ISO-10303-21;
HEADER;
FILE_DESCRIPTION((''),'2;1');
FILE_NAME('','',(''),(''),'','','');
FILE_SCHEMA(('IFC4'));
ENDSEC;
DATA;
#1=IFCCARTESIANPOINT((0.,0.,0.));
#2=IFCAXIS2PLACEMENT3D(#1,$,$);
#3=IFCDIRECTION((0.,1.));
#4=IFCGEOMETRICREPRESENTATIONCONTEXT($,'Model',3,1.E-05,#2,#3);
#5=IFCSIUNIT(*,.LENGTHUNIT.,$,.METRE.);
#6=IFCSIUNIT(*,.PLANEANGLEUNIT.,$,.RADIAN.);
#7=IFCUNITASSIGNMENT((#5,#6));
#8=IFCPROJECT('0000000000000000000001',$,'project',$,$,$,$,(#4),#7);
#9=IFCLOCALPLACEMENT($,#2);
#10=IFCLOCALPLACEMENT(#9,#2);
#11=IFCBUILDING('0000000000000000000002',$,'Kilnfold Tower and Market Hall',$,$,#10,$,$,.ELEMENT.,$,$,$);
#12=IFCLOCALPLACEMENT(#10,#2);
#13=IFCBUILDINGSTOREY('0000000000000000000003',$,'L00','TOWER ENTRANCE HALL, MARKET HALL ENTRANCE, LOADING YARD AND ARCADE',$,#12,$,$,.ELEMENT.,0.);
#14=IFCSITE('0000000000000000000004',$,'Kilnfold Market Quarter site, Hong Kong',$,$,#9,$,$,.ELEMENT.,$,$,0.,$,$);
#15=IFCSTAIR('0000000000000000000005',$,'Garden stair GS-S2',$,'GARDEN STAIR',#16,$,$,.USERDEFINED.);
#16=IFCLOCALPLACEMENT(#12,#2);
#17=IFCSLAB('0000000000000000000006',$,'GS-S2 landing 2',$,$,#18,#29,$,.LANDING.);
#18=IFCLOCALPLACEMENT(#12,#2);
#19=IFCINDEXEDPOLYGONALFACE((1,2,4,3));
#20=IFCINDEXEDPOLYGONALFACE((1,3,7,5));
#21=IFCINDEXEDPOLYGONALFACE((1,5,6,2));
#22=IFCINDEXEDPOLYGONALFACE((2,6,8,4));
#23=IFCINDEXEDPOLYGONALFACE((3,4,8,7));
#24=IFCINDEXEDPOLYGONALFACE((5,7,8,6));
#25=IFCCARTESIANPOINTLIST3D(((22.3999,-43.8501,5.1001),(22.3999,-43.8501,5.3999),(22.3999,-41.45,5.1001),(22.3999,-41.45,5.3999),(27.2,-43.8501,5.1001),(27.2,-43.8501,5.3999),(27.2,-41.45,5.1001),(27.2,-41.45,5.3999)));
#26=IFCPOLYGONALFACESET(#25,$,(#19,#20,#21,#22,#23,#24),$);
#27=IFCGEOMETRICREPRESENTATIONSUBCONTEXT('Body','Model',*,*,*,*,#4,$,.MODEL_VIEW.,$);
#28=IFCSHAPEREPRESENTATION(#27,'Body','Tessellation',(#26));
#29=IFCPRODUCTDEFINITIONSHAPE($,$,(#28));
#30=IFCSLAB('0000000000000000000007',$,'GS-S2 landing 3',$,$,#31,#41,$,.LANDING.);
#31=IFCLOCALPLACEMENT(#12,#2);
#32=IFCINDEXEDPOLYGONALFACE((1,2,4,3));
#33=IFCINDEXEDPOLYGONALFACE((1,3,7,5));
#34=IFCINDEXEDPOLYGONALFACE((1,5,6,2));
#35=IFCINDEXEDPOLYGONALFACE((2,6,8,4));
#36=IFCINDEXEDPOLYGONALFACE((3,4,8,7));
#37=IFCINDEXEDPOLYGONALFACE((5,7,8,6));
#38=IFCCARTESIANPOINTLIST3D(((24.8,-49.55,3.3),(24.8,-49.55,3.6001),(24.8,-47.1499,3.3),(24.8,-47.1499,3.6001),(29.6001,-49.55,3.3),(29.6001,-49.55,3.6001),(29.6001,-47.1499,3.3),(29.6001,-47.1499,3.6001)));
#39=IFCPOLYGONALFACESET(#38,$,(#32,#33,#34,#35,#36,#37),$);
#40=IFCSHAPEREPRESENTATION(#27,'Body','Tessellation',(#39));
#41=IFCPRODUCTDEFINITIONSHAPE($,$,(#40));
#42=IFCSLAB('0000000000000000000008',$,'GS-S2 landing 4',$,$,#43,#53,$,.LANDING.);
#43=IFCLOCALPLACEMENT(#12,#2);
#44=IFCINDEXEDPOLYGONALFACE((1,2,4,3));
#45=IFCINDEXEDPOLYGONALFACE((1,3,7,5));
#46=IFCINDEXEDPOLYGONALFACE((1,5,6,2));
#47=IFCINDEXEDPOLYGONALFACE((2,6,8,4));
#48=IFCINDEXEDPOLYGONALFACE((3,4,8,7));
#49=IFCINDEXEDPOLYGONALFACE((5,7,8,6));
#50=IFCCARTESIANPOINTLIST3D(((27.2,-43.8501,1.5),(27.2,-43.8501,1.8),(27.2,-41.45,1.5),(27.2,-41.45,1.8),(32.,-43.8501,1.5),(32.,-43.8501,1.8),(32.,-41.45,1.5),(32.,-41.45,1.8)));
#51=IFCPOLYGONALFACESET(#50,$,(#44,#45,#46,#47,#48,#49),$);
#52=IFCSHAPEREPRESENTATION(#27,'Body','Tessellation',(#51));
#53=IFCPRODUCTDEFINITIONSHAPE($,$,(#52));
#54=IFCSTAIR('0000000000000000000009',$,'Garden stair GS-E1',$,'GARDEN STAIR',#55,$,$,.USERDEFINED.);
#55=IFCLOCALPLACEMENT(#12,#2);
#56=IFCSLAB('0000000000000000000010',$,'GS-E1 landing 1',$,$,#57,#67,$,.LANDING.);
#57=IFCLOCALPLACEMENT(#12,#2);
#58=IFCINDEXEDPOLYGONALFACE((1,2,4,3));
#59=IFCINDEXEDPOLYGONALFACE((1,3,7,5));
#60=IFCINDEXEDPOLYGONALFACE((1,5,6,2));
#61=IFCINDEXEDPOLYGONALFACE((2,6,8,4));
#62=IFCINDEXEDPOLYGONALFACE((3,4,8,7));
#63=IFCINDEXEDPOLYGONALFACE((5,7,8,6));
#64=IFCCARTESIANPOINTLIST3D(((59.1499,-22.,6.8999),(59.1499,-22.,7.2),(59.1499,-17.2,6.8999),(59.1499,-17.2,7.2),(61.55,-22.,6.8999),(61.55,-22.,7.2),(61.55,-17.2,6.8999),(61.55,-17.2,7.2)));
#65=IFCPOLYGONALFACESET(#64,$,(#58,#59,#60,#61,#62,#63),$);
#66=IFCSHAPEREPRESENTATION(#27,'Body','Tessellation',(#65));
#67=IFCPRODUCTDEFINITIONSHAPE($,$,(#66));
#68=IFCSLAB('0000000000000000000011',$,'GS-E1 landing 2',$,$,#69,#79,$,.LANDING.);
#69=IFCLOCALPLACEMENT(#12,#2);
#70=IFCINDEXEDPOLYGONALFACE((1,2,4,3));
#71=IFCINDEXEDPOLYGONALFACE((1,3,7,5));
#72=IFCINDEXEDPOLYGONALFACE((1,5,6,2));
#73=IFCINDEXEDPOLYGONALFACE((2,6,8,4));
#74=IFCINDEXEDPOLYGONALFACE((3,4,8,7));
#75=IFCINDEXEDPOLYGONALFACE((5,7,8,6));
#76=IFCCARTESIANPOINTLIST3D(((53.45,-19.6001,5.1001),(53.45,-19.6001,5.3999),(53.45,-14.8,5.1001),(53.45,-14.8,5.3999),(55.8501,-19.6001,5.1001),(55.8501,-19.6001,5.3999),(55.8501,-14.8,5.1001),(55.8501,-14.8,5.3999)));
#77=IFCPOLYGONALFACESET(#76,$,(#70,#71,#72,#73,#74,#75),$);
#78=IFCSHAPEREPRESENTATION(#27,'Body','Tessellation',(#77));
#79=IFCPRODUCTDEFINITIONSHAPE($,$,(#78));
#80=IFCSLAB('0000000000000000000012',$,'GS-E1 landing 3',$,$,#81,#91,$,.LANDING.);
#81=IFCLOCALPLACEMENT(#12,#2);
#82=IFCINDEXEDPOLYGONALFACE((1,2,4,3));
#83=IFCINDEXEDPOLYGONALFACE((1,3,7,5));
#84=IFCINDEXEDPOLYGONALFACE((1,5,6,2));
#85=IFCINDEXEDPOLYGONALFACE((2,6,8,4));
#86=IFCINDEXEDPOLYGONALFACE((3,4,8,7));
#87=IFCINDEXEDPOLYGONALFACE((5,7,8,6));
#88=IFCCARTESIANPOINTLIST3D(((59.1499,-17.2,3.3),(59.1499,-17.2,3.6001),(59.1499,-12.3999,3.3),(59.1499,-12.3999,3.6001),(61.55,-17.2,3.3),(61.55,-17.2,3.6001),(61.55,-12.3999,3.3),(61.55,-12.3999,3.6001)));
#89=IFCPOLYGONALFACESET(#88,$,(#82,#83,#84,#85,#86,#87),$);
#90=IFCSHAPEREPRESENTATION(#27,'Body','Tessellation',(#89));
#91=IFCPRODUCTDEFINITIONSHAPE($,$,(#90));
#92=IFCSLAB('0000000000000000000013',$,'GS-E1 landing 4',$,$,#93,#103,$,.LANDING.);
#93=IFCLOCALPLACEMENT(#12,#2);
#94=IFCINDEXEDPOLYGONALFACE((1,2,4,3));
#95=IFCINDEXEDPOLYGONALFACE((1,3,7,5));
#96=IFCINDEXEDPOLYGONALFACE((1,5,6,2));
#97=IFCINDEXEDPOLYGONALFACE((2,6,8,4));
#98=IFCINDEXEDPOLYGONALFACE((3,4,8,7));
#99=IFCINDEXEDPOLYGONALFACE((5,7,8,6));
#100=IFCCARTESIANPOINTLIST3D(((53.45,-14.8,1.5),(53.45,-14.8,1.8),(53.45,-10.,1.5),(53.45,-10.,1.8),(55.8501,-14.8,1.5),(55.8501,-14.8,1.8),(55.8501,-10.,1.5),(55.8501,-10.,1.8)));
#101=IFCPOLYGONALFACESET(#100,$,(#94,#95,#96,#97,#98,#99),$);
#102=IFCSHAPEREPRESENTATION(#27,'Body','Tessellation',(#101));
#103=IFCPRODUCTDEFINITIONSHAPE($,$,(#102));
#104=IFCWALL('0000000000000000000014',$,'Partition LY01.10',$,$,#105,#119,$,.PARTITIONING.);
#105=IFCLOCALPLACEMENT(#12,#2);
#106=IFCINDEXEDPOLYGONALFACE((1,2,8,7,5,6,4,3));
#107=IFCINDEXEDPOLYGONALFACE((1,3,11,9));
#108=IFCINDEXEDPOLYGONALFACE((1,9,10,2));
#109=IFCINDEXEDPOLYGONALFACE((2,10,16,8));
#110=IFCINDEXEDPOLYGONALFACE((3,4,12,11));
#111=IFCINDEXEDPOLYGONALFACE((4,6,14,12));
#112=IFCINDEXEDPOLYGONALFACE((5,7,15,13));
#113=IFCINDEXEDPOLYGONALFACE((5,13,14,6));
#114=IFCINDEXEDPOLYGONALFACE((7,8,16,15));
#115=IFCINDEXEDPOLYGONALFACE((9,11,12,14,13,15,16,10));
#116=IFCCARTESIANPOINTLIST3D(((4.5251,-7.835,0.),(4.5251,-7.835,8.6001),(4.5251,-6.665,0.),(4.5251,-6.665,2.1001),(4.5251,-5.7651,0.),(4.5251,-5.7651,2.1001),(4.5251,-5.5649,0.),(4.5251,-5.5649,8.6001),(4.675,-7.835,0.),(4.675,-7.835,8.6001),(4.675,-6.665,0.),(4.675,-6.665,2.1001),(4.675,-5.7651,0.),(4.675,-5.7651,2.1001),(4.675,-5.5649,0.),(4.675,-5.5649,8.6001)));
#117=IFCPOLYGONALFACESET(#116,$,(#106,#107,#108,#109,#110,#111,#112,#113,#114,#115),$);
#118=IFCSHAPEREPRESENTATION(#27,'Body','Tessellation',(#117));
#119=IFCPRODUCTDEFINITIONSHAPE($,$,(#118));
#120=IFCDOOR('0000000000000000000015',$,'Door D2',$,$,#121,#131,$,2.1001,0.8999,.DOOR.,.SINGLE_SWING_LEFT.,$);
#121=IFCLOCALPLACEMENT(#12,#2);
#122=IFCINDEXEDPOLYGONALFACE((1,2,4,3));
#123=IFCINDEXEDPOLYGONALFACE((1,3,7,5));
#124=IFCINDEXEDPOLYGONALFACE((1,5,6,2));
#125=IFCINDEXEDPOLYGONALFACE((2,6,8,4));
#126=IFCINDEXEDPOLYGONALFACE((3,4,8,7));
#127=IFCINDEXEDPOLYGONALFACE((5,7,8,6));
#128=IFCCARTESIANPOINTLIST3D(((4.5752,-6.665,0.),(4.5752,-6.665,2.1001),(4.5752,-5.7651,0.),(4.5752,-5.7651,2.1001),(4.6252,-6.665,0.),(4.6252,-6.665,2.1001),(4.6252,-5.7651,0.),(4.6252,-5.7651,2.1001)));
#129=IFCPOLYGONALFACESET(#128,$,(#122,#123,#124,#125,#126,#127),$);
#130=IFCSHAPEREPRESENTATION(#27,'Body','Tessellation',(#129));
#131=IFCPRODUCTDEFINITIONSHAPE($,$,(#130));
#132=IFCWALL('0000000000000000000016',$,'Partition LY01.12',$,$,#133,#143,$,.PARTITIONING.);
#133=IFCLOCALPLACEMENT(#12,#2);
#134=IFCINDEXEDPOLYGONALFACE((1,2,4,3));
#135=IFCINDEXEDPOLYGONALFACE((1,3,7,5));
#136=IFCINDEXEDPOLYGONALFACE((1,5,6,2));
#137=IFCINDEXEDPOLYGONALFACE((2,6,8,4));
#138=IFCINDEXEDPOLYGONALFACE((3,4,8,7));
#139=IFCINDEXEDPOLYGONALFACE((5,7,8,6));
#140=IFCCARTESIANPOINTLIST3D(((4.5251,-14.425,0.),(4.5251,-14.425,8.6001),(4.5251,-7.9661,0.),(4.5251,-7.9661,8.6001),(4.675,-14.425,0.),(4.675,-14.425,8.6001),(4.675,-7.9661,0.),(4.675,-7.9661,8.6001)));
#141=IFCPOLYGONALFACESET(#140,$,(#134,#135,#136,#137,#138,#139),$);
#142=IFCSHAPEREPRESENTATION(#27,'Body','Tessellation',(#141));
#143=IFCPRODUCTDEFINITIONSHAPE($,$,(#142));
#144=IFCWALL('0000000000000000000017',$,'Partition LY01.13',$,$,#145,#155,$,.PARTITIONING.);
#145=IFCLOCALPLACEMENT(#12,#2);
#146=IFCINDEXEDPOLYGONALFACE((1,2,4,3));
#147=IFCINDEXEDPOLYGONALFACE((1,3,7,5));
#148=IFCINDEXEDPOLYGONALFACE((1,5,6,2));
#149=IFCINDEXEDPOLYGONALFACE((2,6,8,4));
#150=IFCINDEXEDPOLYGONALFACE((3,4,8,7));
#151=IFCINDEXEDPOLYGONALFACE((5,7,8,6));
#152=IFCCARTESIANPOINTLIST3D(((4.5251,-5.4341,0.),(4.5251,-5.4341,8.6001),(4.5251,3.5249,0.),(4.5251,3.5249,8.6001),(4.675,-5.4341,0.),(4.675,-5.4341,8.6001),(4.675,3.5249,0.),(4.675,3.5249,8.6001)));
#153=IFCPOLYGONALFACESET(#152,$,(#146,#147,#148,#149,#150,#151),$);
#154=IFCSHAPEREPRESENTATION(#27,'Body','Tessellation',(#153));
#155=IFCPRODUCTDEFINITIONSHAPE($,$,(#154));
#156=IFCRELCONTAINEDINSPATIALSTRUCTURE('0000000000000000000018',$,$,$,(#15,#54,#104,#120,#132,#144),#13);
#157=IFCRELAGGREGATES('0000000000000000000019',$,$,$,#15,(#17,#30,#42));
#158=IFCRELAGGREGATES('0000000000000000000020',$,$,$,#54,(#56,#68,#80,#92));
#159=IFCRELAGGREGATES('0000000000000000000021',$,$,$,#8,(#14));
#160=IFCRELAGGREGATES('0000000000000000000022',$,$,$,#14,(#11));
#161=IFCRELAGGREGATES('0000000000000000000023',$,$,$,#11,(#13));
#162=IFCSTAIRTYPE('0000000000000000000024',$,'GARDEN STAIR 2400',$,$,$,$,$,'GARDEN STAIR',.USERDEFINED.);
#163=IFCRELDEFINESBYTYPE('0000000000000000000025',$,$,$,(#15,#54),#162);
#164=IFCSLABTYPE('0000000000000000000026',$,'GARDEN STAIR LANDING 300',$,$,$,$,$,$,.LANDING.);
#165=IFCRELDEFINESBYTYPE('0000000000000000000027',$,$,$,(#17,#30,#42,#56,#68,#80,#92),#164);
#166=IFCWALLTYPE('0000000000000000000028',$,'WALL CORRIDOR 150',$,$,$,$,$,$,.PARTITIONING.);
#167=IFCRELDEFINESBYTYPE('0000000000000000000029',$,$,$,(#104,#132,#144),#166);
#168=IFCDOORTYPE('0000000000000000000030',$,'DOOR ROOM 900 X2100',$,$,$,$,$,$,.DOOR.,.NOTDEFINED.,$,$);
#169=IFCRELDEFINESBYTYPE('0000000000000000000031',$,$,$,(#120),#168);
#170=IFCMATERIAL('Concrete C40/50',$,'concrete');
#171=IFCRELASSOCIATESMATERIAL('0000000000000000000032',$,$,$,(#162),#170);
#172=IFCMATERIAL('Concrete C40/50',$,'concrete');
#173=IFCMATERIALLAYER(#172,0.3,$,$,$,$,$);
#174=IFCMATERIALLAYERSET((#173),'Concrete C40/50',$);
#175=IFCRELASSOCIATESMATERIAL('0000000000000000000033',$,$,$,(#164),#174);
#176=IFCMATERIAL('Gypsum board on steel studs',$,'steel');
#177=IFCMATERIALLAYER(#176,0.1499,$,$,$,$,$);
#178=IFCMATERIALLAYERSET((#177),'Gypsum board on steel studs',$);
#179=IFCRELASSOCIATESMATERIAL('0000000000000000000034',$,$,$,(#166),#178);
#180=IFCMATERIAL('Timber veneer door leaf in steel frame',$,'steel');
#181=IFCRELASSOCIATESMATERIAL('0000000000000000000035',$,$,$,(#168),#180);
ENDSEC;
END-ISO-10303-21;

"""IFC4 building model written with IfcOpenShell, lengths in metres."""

from ifc_helpers import new_model, si_unit, direction, frame, frame_2d, origin, place, context, subcontext, project, spatial, polyline, rectangle, outline, extrude, source, transform, mapped, material, layer, layer_set, type_object, element, fill, aggregate, save


model = new_model("IFC4")

# Units and contexts
model_context = context("Model", 3, precision=1e-05, world=origin(), true_north=direction((0.0, 1.0)))
body_context = subcontext(model_context, "Body", "Model", "MODEL_VIEW")
ifc_project = project(units=[si_unit("LENGTHUNIT", "METRE"), si_unit("PLANEANGLEUNIT", "RADIAN")], contexts=[model_context])

# Site, building, storey
site_placement = place(None, origin())
site = spatial("IfcSite", under=ifc_project, at=site_placement, Name="Kilnfold Market Quarter site, Hong Kong", CompositionType="ELEMENT", RefElevation=0.0)
building_placement = place(site_placement, origin())
building = spatial("IfcBuilding", under=site, at=building_placement, Name="Kilnfold Tower and Market Hall", CompositionType="ELEMENT")
storey_placement = place(building_placement, origin())
storey = spatial("IfcBuildingStorey", under=building, at=storey_placement, Name="L00", Description="TOWER ENTRANCE HALL, MARKET HALL ENTRANCE, LOADING YARD AND ARCADE", CompositionType="ELEMENT", Elevation=0.0)

# Stairs, slabs
ifc_material_1 = material(Name="Concrete C40/50", Category="concrete")
stair_type = type_object("IfcStairType", Name="GARDEN STAIR 2400", ElementType="GARDEN STAIR", PredefinedType="USERDEFINED", material=ifc_material_1)
ifc_material_2 = material(Name="Concrete C40/50", Category="concrete")
ifc_layer_1 = layer(ifc_material_2, 0.3)
ifc_layer_set_1 = layer_set([ifc_layer_1], Name="Concrete C40/50")
slab_type_1 = type_object("IfcSlabType", Name="GARDEN STAIR LANDING 300", PredefinedType="LANDING", material=ifc_layer_set_1)
stair_1_placement = place(storey_placement, origin())
stair_1 = element("IfcStair", 1, at=stair_1_placement, inside=storey, type_object=stair_type, Name="Garden stair GS-S2", ObjectType="GARDEN STAIR", PredefinedType="USERDEFINED")
shared_shape_1 = source(origin(), body_context, "Body", "SweptSolid", [
    extrude(outline(polyline([(22.3999, -41.45), (27.2, -41.45), (27.2, -43.8501), (22.3999, -43.8501), (22.3999, -41.45)])), origin(), (0.0, 0.0, 1.0), 0.2998),
])
slab_1_placement = place(storey_placement, frame((0.0, 0.0, 5.1001)))
slab_1 = element("IfcSlab", 2, at=slab_1_placement, type_object=slab_type_1, Name="GS-S2 landing 2", PredefinedType="LANDING", context=body_context, shape_type="MappedRepresentation", body=[
    mapped(shared_shape_1, transform((0.0, 0.0, 0.0))),
])
shared_shape_2 = source(origin(), body_context, "Body", "SweptSolid", [
    extrude(outline(polyline([(24.8, -47.1499), (29.6001, -47.1499), (29.6001, -49.55), (24.8, -49.55), (24.8, -47.1499)])), origin(), (0.0, 0.0, 1.0), 0.3),
])
slab_2_placement = place(storey_placement, frame((0.0, 0.0, 3.3)))
slab_2 = element("IfcSlab", 3, at=slab_2_placement, type_object=slab_type_1, Name="GS-S2 landing 3", PredefinedType="LANDING", context=body_context, shape_type="MappedRepresentation", body=[
    mapped(shared_shape_2, transform((0.0, 0.0, 0.0))),
])
shared_shape_3 = source(origin(), body_context, "Body", "SweptSolid", [
    extrude(outline(polyline([(27.2, -41.45), (32.0, -41.45), (32.0, -43.8501), (27.2, -43.8501), (27.2, -41.45)])), origin(), (0.0, 0.0, 1.0), 0.3),
])
slab_3_placement = place(storey_placement, frame((0.0, 0.0, 1.5)))
slab_3 = element("IfcSlab", 4, at=slab_3_placement, type_object=slab_type_1, Name="GS-S2 landing 4", PredefinedType="LANDING", context=body_context, shape_type="MappedRepresentation", body=[
    mapped(shared_shape_3, transform((0.0, 0.0, 0.0))),
])
aggregate(stair_1, [slab_1, slab_2, slab_3])
stair_2_placement = place(storey_placement, origin())
stair_2 = element("IfcStair", 5, at=stair_2_placement, inside=storey, type_object=stair_type, Name="Garden stair GS-E1", ObjectType="GARDEN STAIR", PredefinedType="USERDEFINED")
shared_shape_4 = source(origin(), body_context, "Body", "SweptSolid", [
    extrude(outline(polyline([(59.1499, -22.0), (59.1499, -17.2), (61.55, -17.2), (61.55, -22.0), (59.1499, -22.0)])), origin(), (0.0, 0.0, 1.0), 0.3),
])
slab_4_placement = place(storey_placement, frame((0.0, 0.0, 6.8999)))
slab_4 = element("IfcSlab", 6, at=slab_4_placement, type_object=slab_type_1, Name="GS-E1 landing 1", PredefinedType="LANDING", context=body_context, shape_type="MappedRepresentation", body=[
    mapped(shared_shape_4, transform((0.0, 0.0, 0.0))),
])
shared_shape_5 = source(origin(), body_context, "Body", "SweptSolid", [
    extrude(outline(polyline([(53.45, -19.6001), (53.45, -14.8), (55.8501, -14.8), (55.8501, -19.6001), (53.45, -19.6001)])), origin(), (0.0, 0.0, 1.0), 0.2998),
])
slab_5_placement = place(storey_placement, frame((0.0, 0.0, 5.1001)))
slab_5 = element("IfcSlab", 7, at=slab_5_placement, type_object=slab_type_1, Name="GS-E1 landing 2", PredefinedType="LANDING", context=body_context, shape_type="MappedRepresentation", body=[
    mapped(shared_shape_5, transform((0.0, 0.0, 0.0))),
])
shared_shape_6 = source(origin(), body_context, "Body", "SweptSolid", [
    extrude(outline(polyline([(59.1499, -17.2), (59.1499, -12.3999), (61.55, -12.3999), (61.55, -17.2), (59.1499, -17.2)])), origin(), (0.0, 0.0, 1.0), 0.3),
])
slab_6_placement = place(storey_placement, frame((0.0, 0.0, 3.3)))
slab_6 = element("IfcSlab", 8, at=slab_6_placement, type_object=slab_type_1, Name="GS-E1 landing 3", PredefinedType="LANDING", context=body_context, shape_type="MappedRepresentation", body=[
    mapped(shared_shape_6, transform((0.0, 0.0, 0.0))),
])
shared_shape_7 = source(origin(), body_context, "Body", "SweptSolid", [
    extrude(outline(polyline([(53.45, -14.8), (53.45, -10.0), (55.8501, -10.0), (55.8501, -14.8), (53.45, -14.8)])), origin(), (0.0, 0.0, 1.0), 0.3),
])
slab_7_placement = place(storey_placement, frame((0.0, 0.0, 1.5)))
slab_7 = element("IfcSlab", 9, at=slab_7_placement, type_object=slab_type_1, Name="GS-E1 landing 4", PredefinedType="LANDING", context=body_context, shape_type="MappedRepresentation", body=[
    mapped(shared_shape_7, transform((0.0, 0.0, 0.0))),
])
aggregate(stair_2, [slab_4, slab_5, slab_6, slab_7])

# Wall, opening, door
ifc_material_3 = material(Name="Gypsum board on steel studs", Category="steel")
ifc_layer_2 = layer(ifc_material_3, 0.1499)
ifc_layer_set_2 = layer_set([ifc_layer_2], Name="Gypsum board on steel studs")
wall_type = type_object("IfcWallType", Name="WALL CORRIDOR 150", PredefinedType="PARTITIONING", material=ifc_layer_set_2)
wall_1_placement = place(storey_placement, frame((4.6001, -7.835, 0.0), z_axis=(0.0, 0.0, 1.0), x_axis=(0.0, 1.0, 0.0)))
wall_1 = element("IfcWall", 10, at=wall_1_placement, inside=storey, type_object=wall_type, Name="Partition LY01.10", PredefinedType="PARTITIONING", context=body_context, shape_type="SweptSolid", body=[
    extrude(rectangle(XDim=2.27, YDim=0.1499, at=frame_2d((1.135, 0.0))), origin(), (0.0, 0.0, 1.0), 8.6001),
])
opening_placement = place(wall_1_placement, frame((1.1699, 0.0, 0.0)))
opening = element("IfcOpeningElement", 11, at=opening_placement, cuts=wall_1, PredefinedType="OPENING", context=body_context, shape_type="SweptSolid", body=[
    extrude(rectangle(XDim=0.8999, YDim=2.1001, at=frame_2d((0.45, 1.05))), frame((0.0, 0.085, 0.0), z_axis=(0.0, -1.0, 0.0), x_axis=(1.0, 0.0, 0.0)), (0.0, 0.0, 1.0), 0.1699),
])
ifc_material_4 = material(Name="Timber veneer door leaf in steel frame", Category="steel")
door_type = type_object("IfcDoorType", Name="DOOR ROOM 900 X2100", OperationType="NOTDEFINED", PredefinedType="DOOR", material=ifc_material_4)
door_placement = place(opening_placement, origin())
door = element("IfcDoor", 12, at=door_placement, inside=storey, type_object=door_type, Name="Door D2", OperationType="SINGLE_SWING_LEFT", OverallHeight=2.1001, OverallWidth=0.8999, PredefinedType="DOOR", context=body_context, shape_type="SweptSolid", body=[
    extrude(rectangle(XDim=0.8999, YDim=2.1001, at=frame_2d((0.45, 1.05))), frame((0.0, 0.0249, 0.0), z_axis=(0.0, -1.0, 0.0), x_axis=(1.0, 0.0, 0.0)), (0.0, 0.0, 1.0), 0.05),
])
fill(opening, door)

# Walls
wall_2_placement = place(storey_placement, frame((4.6001, -14.425, 0.0), z_axis=(0.0, 0.0, 1.0), x_axis=(0.0, 1.0, 0.0)))
element("IfcWall", 13, at=wall_2_placement, inside=storey, type_object=wall_type, Name="Partition LY01.12", PredefinedType="PARTITIONING", context=body_context, shape_type="SweptSolid", body=[
    extrude(rectangle(XDim=6.459, YDim=0.1499, at=frame_2d((3.2295, 0.0))), origin(), (0.0, 0.0, 1.0), 8.6001),
])
wall_3_placement = place(storey_placement, frame((4.6001, -5.4341, 0.0), z_axis=(0.0, 0.0, 1.0), x_axis=(0.0, 1.0, 0.0)))
element("IfcWall", 14, at=wall_3_placement, inside=storey, type_object=wall_type, Name="Partition LY01.13", PredefinedType="PARTITIONING", context=body_context, shape_type="SweptSolid", body=[
    extrude(rectangle(XDim=8.959, YDim=0.1499, at=frame_2d((4.4795, 0.0))), origin(), (0.0, 0.0, 1.0), 8.6001),
])

save(model, "model.ifc")
